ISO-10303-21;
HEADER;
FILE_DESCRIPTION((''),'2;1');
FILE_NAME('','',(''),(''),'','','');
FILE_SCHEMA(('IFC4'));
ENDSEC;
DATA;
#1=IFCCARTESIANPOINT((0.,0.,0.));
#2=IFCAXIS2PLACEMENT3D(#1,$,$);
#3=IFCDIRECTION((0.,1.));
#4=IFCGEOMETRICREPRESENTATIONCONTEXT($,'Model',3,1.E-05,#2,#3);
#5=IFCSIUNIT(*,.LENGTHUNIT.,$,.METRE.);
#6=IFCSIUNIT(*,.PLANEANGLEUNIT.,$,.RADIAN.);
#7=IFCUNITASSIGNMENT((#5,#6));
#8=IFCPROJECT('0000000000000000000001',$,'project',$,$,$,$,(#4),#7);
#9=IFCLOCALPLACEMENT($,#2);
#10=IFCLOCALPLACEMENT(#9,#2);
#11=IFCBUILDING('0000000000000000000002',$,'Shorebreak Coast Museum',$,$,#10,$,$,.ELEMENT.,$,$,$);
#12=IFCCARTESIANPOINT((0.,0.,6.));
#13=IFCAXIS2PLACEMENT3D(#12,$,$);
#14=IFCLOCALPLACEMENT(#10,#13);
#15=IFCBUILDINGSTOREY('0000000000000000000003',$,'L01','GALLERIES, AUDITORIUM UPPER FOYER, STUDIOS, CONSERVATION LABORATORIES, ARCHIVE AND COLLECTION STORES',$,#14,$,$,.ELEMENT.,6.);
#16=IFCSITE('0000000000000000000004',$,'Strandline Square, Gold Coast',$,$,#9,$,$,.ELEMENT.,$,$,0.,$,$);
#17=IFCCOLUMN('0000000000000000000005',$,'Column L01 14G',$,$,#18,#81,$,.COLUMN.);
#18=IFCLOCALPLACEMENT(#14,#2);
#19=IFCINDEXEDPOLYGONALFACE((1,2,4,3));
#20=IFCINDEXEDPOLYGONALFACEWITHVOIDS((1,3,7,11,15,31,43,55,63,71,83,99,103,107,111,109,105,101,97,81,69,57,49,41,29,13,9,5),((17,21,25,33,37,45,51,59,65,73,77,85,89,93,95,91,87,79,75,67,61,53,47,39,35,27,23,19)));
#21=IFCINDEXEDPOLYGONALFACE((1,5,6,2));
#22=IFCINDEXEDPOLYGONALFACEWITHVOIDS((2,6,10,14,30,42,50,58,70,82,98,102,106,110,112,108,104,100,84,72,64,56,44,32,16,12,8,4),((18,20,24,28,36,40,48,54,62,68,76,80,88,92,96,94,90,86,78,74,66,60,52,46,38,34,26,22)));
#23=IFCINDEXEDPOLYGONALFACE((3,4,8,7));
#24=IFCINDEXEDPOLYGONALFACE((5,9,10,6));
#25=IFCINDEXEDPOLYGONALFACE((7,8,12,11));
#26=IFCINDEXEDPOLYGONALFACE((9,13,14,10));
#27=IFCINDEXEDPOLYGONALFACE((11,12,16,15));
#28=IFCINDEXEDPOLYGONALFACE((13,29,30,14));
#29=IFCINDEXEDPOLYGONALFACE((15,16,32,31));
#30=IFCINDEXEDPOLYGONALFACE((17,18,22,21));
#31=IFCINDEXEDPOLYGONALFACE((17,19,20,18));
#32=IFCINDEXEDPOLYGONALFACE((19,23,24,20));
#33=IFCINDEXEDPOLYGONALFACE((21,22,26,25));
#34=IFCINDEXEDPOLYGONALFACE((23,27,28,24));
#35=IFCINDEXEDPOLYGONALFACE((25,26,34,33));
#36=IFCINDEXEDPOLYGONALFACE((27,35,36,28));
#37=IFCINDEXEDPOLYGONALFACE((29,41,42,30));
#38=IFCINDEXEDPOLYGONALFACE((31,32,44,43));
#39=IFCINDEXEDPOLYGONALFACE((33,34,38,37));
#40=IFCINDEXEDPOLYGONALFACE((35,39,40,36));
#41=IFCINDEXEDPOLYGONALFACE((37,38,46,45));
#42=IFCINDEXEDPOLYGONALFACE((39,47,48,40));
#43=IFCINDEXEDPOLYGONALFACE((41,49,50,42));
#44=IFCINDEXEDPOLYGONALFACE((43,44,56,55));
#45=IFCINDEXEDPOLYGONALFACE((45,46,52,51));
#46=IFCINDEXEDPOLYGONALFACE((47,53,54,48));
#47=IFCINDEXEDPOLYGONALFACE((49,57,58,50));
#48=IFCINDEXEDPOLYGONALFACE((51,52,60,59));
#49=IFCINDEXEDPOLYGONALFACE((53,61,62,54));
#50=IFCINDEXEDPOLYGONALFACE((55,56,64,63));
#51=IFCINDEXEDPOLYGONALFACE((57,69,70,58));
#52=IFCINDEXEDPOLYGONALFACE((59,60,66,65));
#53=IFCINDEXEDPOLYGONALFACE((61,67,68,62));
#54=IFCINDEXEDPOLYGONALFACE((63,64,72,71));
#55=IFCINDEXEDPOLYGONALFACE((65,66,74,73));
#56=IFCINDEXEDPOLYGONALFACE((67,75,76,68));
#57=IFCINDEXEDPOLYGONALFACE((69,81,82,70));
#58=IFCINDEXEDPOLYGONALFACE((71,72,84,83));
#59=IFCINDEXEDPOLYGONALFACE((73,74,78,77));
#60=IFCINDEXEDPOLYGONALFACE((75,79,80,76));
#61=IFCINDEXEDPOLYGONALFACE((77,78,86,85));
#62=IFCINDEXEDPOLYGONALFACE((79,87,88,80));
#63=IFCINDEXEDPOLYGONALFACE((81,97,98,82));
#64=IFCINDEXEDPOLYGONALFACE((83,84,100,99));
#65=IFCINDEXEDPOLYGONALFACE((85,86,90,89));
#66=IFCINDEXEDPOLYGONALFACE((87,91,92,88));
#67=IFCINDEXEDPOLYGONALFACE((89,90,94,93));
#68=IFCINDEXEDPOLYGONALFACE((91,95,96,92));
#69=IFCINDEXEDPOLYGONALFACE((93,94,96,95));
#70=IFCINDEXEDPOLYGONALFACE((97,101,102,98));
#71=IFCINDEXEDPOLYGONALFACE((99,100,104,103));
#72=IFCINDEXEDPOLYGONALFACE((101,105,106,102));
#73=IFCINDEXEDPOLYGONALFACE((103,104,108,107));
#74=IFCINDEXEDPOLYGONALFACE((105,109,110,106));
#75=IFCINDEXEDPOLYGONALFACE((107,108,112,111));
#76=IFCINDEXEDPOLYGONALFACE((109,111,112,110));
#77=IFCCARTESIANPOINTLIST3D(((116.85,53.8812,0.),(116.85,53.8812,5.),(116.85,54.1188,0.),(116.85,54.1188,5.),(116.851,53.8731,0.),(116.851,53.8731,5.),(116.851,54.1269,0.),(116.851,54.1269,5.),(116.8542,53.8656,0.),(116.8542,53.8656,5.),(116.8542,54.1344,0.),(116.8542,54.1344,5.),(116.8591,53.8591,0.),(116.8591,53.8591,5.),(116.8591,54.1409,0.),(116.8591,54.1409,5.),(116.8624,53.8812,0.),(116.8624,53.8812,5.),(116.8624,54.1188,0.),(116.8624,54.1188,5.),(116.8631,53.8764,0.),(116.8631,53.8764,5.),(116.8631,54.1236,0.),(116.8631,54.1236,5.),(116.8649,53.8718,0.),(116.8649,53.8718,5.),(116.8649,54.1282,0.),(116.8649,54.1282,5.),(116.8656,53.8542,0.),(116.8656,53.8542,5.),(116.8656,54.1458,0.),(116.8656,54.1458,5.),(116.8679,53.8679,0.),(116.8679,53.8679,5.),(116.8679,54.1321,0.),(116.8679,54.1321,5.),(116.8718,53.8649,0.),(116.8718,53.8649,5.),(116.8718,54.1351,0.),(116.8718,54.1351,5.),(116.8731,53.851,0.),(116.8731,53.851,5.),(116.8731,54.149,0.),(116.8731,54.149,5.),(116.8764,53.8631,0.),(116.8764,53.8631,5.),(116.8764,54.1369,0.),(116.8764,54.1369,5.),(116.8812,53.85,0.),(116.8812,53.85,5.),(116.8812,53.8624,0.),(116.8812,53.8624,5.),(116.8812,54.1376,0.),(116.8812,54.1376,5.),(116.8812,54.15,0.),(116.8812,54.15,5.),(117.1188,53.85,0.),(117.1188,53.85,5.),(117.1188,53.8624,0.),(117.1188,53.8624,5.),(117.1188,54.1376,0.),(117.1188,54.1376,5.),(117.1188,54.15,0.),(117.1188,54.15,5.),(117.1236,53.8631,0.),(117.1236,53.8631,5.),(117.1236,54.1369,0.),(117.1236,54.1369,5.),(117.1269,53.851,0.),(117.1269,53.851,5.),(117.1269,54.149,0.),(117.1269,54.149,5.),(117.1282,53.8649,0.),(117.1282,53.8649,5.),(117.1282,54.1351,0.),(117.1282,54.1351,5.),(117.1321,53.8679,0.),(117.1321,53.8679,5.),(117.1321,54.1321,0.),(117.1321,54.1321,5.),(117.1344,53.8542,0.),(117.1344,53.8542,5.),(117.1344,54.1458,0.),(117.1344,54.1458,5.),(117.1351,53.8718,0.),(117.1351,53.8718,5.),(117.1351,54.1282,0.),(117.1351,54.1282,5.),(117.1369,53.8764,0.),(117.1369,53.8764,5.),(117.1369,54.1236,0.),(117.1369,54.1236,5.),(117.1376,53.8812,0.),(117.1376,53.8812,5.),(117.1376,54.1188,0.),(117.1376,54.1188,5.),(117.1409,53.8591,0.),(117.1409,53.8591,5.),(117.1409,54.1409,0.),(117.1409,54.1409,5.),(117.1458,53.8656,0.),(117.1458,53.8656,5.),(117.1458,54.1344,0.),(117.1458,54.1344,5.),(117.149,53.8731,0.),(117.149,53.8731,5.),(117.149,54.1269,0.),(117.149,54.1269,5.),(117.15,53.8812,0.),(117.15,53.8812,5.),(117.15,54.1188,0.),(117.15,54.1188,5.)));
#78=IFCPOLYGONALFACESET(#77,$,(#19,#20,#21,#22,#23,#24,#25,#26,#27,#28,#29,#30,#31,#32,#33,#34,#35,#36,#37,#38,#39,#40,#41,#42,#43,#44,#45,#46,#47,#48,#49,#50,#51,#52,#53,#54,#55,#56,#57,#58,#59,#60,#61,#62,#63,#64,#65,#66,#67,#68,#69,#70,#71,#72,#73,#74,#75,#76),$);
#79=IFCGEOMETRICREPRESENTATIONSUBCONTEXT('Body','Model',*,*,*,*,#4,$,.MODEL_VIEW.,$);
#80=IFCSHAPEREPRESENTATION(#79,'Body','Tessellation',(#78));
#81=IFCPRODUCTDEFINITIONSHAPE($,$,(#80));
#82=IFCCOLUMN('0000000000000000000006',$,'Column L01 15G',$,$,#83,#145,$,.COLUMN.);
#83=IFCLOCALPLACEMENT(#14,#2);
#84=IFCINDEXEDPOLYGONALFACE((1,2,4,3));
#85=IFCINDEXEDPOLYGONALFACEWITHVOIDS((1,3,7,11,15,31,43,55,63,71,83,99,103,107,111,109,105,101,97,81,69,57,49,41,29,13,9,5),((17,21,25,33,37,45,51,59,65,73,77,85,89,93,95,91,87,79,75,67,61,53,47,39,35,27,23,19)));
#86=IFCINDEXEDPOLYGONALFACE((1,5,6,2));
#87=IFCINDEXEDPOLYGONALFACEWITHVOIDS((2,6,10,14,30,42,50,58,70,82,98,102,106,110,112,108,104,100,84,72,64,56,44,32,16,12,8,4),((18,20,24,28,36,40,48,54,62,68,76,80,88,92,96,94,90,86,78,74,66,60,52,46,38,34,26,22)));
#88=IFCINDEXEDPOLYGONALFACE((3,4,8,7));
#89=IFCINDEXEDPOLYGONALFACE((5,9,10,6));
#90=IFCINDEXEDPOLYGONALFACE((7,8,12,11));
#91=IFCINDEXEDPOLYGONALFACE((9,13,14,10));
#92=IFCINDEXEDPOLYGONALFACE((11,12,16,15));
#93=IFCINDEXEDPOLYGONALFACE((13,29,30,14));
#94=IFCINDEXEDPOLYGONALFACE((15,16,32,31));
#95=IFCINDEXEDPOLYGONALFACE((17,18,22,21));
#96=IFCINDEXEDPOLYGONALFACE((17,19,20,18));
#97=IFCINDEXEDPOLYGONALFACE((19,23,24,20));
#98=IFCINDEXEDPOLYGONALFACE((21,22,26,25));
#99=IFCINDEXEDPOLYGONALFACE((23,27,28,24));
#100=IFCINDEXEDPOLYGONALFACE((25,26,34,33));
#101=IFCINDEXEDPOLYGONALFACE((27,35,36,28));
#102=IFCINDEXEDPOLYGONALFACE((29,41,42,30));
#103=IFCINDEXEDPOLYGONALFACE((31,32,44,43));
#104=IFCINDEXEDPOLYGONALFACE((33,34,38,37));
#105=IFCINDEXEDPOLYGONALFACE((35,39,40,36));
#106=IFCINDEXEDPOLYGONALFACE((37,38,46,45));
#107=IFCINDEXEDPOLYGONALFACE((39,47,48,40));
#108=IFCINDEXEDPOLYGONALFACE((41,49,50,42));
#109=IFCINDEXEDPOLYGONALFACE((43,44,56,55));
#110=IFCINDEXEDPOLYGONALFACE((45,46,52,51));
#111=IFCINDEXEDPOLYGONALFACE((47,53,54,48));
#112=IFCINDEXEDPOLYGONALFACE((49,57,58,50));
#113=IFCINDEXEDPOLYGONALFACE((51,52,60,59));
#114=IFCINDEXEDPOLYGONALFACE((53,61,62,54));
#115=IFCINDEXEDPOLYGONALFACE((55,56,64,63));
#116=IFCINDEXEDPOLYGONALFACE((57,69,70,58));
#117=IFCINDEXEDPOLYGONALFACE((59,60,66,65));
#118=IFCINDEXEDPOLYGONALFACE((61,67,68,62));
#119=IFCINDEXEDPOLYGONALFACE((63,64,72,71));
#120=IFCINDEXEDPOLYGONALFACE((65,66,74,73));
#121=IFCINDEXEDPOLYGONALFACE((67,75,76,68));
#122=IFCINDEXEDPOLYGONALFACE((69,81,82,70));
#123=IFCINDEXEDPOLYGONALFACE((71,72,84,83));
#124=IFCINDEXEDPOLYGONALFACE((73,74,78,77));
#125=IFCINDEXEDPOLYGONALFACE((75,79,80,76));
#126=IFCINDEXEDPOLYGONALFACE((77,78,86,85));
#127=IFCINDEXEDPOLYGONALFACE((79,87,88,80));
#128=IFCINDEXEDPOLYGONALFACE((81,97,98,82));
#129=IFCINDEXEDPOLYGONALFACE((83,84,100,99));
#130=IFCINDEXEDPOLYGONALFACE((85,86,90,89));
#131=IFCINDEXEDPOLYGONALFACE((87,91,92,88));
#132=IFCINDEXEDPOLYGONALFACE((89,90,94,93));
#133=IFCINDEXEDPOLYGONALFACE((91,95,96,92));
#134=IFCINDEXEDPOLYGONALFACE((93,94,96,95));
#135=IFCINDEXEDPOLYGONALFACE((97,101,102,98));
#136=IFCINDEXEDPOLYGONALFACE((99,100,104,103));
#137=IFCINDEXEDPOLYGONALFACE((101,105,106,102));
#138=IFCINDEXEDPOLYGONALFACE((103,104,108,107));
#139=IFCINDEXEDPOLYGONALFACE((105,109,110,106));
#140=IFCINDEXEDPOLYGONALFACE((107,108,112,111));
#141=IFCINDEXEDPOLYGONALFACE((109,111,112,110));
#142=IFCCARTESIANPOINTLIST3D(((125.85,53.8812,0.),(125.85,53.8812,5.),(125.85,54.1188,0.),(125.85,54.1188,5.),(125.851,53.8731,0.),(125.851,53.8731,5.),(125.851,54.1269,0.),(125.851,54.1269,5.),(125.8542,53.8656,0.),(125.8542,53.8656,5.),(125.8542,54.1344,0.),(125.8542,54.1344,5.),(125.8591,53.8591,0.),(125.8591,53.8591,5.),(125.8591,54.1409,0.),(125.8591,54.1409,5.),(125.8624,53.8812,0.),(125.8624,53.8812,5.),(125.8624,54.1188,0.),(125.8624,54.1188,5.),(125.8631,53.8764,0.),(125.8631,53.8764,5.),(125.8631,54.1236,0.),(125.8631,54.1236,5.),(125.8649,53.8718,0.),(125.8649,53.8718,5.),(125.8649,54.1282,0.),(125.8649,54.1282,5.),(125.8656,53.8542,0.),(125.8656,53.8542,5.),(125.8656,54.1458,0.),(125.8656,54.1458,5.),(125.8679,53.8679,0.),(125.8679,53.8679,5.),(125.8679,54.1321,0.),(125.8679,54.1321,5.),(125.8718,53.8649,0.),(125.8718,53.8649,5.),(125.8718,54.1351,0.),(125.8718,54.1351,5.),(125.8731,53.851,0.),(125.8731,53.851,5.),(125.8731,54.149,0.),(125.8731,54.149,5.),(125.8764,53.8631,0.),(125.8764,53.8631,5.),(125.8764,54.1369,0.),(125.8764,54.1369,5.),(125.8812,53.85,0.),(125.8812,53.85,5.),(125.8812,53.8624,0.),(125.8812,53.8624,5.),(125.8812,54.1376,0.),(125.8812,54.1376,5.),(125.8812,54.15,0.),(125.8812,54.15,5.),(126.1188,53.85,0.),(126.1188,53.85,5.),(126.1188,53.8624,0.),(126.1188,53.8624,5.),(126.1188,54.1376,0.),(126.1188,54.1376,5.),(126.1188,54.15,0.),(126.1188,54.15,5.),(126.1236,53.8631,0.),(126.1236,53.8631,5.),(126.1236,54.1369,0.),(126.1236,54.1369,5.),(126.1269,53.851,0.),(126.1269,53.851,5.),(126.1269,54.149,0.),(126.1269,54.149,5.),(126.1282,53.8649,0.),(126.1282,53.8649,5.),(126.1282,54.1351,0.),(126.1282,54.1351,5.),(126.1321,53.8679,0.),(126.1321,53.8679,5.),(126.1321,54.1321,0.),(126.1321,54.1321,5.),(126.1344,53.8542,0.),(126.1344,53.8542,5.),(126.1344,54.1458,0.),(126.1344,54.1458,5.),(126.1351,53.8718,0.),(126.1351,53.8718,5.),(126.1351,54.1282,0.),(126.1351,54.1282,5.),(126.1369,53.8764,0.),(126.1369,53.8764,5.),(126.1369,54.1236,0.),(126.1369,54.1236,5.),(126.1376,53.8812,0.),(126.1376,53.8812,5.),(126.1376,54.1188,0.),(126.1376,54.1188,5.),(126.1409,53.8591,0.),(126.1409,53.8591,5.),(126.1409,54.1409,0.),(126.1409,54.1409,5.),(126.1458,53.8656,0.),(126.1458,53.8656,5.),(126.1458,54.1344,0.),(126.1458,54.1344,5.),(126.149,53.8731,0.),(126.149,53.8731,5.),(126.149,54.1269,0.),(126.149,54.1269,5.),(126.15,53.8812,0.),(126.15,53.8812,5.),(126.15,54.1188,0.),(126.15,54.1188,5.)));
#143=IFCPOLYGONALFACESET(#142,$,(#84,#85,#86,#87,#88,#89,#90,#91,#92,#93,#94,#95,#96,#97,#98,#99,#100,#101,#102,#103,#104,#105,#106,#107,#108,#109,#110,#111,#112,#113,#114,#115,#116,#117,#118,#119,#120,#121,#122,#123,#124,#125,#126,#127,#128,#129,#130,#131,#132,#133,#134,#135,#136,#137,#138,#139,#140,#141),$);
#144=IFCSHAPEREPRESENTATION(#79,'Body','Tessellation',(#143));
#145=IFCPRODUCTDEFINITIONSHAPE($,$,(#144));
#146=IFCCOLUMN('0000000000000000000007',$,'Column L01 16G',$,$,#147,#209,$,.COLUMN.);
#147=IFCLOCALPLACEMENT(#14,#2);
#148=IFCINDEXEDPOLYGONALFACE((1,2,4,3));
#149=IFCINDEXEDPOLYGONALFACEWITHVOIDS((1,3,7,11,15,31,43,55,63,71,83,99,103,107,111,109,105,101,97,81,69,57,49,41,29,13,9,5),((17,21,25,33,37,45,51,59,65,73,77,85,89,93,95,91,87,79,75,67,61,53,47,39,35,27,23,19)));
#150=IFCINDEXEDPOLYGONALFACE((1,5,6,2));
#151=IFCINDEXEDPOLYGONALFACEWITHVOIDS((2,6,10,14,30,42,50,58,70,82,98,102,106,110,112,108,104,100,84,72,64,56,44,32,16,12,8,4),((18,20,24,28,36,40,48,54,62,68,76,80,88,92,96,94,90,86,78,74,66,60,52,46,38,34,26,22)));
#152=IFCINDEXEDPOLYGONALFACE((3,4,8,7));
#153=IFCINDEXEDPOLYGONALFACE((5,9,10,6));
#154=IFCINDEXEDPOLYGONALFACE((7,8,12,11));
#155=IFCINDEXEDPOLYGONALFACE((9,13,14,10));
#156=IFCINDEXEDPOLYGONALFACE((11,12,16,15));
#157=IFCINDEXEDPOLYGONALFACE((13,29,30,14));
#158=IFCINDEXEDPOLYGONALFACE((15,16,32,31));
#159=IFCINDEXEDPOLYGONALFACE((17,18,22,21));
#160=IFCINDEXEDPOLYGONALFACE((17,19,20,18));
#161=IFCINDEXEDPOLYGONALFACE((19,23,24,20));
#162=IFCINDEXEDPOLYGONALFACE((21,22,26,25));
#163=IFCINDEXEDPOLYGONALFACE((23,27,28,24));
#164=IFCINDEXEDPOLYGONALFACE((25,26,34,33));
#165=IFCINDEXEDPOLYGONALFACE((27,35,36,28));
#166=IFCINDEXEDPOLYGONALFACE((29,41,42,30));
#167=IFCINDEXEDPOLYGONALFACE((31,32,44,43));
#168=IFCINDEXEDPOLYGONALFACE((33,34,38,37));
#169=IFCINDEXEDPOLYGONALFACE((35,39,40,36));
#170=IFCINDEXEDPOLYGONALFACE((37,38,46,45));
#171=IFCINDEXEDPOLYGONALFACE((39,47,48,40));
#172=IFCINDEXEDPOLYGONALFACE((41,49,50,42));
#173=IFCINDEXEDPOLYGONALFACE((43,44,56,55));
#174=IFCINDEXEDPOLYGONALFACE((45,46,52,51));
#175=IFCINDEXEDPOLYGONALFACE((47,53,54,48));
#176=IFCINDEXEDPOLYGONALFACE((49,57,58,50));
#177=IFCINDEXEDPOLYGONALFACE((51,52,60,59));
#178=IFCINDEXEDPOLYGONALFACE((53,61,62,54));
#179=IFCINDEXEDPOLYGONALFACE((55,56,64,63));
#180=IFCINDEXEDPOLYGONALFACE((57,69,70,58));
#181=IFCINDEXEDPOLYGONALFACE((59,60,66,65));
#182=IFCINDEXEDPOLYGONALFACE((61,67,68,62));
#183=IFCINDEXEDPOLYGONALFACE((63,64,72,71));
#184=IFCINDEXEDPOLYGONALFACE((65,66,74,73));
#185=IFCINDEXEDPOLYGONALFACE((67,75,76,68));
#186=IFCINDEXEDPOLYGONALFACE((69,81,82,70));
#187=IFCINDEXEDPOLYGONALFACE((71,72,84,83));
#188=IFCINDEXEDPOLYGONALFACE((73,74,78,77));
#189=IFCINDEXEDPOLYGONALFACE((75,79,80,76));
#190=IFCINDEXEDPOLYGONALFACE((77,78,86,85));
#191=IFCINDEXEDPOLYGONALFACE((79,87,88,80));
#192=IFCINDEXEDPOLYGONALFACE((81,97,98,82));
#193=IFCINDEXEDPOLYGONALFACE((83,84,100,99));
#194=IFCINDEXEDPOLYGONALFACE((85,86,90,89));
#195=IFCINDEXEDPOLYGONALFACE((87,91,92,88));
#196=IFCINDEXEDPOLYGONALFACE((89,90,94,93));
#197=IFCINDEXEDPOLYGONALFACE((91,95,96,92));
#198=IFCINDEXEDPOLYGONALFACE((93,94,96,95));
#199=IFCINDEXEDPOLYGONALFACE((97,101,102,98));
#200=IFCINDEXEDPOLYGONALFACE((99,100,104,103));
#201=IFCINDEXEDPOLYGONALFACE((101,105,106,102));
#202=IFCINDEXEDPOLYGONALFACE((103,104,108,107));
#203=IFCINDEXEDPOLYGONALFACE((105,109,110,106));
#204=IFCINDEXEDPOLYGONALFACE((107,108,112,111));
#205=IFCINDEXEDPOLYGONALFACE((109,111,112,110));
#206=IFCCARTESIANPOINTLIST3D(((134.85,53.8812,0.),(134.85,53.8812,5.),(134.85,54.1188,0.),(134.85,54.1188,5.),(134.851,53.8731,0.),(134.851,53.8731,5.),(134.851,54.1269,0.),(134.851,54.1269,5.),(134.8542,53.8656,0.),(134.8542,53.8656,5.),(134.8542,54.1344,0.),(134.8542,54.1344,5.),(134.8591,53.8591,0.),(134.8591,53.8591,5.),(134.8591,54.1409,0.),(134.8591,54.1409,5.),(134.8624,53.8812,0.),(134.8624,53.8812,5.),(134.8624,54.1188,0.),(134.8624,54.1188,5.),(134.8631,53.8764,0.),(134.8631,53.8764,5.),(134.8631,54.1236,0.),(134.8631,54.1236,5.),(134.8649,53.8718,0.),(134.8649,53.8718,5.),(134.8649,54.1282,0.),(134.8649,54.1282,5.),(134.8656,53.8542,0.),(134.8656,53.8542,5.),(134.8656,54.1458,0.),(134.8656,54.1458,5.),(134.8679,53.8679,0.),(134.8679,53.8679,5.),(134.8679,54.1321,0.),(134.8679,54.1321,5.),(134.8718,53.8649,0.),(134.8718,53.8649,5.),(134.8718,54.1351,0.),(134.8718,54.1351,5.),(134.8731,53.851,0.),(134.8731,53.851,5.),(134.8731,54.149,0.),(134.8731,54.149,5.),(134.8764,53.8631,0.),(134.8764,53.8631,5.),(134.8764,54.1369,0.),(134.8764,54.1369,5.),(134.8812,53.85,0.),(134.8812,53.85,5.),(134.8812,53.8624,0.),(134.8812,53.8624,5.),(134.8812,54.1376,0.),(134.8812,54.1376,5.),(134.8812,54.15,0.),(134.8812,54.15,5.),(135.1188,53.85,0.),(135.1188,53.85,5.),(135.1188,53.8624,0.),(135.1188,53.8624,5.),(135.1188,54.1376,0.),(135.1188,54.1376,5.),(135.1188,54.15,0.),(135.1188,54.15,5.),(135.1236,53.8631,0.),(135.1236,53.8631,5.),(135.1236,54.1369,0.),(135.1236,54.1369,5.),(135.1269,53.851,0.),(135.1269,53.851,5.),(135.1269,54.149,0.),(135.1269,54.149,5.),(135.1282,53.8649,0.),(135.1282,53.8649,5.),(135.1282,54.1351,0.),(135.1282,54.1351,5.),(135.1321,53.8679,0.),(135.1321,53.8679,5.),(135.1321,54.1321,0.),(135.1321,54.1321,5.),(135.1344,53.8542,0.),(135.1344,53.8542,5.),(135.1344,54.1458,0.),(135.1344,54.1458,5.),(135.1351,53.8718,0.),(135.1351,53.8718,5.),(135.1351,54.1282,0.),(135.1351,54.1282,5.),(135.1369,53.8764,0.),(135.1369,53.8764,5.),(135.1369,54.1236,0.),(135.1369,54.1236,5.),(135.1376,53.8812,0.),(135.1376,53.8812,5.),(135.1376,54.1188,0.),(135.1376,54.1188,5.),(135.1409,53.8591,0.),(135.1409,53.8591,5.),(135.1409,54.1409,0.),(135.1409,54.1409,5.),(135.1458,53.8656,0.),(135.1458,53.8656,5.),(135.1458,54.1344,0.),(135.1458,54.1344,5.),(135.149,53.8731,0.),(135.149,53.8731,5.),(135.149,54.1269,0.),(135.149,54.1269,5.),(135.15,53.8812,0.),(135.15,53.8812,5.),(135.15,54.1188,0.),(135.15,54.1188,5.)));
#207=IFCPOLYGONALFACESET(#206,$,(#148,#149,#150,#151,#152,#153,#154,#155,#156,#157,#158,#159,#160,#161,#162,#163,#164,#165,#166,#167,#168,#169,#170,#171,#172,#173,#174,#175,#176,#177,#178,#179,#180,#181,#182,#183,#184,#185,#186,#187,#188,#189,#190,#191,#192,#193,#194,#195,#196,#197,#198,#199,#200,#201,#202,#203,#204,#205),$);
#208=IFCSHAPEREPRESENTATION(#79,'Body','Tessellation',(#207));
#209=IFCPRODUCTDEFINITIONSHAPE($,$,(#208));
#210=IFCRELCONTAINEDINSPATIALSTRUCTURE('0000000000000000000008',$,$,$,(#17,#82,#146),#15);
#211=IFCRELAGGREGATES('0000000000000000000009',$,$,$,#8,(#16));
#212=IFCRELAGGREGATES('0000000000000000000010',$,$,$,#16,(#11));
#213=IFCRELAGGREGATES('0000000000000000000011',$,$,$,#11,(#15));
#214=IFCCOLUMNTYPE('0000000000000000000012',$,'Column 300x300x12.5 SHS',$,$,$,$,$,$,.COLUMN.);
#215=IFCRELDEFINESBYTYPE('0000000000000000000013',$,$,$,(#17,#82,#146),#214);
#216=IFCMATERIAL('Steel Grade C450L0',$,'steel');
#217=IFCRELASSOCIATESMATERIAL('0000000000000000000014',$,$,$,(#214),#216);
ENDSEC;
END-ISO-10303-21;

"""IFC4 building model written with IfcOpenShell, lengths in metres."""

from ifc_helpers import new_model, si_unit, direction, frame, origin, origin_2d, place, context, subcontext, project, spatial, hollow_rectangle, extrude, material, material_profile, profile_set, type_object, element, save


model = new_model("IFC4")

# Units and contexts
model_context = context("Model", 3, precision=1e-05, world=origin(), true_north=direction((0.0, 1.0)))
body_context = subcontext(model_context, "Body", "Model", "MODEL_VIEW")
ifc_project = project(units=[si_unit("LENGTHUNIT", "METRE"), si_unit("PLANEANGLEUNIT", "RADIAN")], contexts=[model_context])

# Site, building, storey
site_placement = place(None, origin())
site = spatial("IfcSite", under=ifc_project, at=site_placement, Name="Strandline Square, Gold Coast", CompositionType="ELEMENT", RefElevation=0.0)
building_placement = place(site_placement, origin())
building = spatial("IfcBuilding", under=site, at=building_placement, Name="Shorebreak Coast Museum", CompositionType="ELEMENT")
storey_placement = place(building_placement, frame((0.0, 0.0, 6.0)))
storey = spatial("IfcBuildingStorey", under=building, at=storey_placement, Name="L01", Description="GALLERIES, AUDITORIUM UPPER FOYER, STUDIOS, CONSERVATION LABORATORIES, ARCHIVE AND COLLECTION STORES", CompositionType="ELEMENT", Elevation=6.0)

# Columns
ifc_material_1 = material(Name="Steel Grade C450L0", Category="steel")
ifc_material_profile_1 = material_profile(ifc_material_1, hollow_rectangle(XDim=0.3, YDim=0.3, WallThickness=0.0125, InnerFilletRadius=0.0188, OuterFilletRadius=0.0312, at=origin_2d()), Name="300x300x12.5 SHS")
ifc_profile_set_1 = profile_set([ifc_material_profile_1], Name="Steel Grade C450L0")
column_type = type_object("IfcColumnType", Name="Column 300x300x12.5 SHS", PredefinedType="COLUMN", material=ifc_profile_set_1)
for number, where, z_axis, x_axis, name in (
    (1, (117.0, 54.0, 0.0), (0.0, 0.0, 1.0), (1.0, 0.0, 0.0), "Column L01 14G"),
    (2, (126.0, 54.0, 0.0), (0.0, 0.0, 1.0), (1.0, 0.0, 0.0), "Column L01 15G"),
    (3, (135.0, 54.0, 0.0), (0.0, 0.0, 1.0), (1.0, 0.0, 0.0), "Column L01 16G"),
):
    element("IfcColumn", number, at=place(storey_placement, frame(where, z_axis=z_axis, x_axis=x_axis)), inside=storey, type_object=column_type, Name=name, PredefinedType="COLUMN", context=body_context, shape_type="SweptSolid", body=[
        extrude(hollow_rectangle(XDim=0.3, YDim=0.3, WallThickness=0.0125, InnerFilletRadius=0.0188, OuterFilletRadius=0.0312, at=origin_2d()), origin(), (0.0, 0.0, 1.0), 5.0),
    ])

save(model, "model.ifc")
